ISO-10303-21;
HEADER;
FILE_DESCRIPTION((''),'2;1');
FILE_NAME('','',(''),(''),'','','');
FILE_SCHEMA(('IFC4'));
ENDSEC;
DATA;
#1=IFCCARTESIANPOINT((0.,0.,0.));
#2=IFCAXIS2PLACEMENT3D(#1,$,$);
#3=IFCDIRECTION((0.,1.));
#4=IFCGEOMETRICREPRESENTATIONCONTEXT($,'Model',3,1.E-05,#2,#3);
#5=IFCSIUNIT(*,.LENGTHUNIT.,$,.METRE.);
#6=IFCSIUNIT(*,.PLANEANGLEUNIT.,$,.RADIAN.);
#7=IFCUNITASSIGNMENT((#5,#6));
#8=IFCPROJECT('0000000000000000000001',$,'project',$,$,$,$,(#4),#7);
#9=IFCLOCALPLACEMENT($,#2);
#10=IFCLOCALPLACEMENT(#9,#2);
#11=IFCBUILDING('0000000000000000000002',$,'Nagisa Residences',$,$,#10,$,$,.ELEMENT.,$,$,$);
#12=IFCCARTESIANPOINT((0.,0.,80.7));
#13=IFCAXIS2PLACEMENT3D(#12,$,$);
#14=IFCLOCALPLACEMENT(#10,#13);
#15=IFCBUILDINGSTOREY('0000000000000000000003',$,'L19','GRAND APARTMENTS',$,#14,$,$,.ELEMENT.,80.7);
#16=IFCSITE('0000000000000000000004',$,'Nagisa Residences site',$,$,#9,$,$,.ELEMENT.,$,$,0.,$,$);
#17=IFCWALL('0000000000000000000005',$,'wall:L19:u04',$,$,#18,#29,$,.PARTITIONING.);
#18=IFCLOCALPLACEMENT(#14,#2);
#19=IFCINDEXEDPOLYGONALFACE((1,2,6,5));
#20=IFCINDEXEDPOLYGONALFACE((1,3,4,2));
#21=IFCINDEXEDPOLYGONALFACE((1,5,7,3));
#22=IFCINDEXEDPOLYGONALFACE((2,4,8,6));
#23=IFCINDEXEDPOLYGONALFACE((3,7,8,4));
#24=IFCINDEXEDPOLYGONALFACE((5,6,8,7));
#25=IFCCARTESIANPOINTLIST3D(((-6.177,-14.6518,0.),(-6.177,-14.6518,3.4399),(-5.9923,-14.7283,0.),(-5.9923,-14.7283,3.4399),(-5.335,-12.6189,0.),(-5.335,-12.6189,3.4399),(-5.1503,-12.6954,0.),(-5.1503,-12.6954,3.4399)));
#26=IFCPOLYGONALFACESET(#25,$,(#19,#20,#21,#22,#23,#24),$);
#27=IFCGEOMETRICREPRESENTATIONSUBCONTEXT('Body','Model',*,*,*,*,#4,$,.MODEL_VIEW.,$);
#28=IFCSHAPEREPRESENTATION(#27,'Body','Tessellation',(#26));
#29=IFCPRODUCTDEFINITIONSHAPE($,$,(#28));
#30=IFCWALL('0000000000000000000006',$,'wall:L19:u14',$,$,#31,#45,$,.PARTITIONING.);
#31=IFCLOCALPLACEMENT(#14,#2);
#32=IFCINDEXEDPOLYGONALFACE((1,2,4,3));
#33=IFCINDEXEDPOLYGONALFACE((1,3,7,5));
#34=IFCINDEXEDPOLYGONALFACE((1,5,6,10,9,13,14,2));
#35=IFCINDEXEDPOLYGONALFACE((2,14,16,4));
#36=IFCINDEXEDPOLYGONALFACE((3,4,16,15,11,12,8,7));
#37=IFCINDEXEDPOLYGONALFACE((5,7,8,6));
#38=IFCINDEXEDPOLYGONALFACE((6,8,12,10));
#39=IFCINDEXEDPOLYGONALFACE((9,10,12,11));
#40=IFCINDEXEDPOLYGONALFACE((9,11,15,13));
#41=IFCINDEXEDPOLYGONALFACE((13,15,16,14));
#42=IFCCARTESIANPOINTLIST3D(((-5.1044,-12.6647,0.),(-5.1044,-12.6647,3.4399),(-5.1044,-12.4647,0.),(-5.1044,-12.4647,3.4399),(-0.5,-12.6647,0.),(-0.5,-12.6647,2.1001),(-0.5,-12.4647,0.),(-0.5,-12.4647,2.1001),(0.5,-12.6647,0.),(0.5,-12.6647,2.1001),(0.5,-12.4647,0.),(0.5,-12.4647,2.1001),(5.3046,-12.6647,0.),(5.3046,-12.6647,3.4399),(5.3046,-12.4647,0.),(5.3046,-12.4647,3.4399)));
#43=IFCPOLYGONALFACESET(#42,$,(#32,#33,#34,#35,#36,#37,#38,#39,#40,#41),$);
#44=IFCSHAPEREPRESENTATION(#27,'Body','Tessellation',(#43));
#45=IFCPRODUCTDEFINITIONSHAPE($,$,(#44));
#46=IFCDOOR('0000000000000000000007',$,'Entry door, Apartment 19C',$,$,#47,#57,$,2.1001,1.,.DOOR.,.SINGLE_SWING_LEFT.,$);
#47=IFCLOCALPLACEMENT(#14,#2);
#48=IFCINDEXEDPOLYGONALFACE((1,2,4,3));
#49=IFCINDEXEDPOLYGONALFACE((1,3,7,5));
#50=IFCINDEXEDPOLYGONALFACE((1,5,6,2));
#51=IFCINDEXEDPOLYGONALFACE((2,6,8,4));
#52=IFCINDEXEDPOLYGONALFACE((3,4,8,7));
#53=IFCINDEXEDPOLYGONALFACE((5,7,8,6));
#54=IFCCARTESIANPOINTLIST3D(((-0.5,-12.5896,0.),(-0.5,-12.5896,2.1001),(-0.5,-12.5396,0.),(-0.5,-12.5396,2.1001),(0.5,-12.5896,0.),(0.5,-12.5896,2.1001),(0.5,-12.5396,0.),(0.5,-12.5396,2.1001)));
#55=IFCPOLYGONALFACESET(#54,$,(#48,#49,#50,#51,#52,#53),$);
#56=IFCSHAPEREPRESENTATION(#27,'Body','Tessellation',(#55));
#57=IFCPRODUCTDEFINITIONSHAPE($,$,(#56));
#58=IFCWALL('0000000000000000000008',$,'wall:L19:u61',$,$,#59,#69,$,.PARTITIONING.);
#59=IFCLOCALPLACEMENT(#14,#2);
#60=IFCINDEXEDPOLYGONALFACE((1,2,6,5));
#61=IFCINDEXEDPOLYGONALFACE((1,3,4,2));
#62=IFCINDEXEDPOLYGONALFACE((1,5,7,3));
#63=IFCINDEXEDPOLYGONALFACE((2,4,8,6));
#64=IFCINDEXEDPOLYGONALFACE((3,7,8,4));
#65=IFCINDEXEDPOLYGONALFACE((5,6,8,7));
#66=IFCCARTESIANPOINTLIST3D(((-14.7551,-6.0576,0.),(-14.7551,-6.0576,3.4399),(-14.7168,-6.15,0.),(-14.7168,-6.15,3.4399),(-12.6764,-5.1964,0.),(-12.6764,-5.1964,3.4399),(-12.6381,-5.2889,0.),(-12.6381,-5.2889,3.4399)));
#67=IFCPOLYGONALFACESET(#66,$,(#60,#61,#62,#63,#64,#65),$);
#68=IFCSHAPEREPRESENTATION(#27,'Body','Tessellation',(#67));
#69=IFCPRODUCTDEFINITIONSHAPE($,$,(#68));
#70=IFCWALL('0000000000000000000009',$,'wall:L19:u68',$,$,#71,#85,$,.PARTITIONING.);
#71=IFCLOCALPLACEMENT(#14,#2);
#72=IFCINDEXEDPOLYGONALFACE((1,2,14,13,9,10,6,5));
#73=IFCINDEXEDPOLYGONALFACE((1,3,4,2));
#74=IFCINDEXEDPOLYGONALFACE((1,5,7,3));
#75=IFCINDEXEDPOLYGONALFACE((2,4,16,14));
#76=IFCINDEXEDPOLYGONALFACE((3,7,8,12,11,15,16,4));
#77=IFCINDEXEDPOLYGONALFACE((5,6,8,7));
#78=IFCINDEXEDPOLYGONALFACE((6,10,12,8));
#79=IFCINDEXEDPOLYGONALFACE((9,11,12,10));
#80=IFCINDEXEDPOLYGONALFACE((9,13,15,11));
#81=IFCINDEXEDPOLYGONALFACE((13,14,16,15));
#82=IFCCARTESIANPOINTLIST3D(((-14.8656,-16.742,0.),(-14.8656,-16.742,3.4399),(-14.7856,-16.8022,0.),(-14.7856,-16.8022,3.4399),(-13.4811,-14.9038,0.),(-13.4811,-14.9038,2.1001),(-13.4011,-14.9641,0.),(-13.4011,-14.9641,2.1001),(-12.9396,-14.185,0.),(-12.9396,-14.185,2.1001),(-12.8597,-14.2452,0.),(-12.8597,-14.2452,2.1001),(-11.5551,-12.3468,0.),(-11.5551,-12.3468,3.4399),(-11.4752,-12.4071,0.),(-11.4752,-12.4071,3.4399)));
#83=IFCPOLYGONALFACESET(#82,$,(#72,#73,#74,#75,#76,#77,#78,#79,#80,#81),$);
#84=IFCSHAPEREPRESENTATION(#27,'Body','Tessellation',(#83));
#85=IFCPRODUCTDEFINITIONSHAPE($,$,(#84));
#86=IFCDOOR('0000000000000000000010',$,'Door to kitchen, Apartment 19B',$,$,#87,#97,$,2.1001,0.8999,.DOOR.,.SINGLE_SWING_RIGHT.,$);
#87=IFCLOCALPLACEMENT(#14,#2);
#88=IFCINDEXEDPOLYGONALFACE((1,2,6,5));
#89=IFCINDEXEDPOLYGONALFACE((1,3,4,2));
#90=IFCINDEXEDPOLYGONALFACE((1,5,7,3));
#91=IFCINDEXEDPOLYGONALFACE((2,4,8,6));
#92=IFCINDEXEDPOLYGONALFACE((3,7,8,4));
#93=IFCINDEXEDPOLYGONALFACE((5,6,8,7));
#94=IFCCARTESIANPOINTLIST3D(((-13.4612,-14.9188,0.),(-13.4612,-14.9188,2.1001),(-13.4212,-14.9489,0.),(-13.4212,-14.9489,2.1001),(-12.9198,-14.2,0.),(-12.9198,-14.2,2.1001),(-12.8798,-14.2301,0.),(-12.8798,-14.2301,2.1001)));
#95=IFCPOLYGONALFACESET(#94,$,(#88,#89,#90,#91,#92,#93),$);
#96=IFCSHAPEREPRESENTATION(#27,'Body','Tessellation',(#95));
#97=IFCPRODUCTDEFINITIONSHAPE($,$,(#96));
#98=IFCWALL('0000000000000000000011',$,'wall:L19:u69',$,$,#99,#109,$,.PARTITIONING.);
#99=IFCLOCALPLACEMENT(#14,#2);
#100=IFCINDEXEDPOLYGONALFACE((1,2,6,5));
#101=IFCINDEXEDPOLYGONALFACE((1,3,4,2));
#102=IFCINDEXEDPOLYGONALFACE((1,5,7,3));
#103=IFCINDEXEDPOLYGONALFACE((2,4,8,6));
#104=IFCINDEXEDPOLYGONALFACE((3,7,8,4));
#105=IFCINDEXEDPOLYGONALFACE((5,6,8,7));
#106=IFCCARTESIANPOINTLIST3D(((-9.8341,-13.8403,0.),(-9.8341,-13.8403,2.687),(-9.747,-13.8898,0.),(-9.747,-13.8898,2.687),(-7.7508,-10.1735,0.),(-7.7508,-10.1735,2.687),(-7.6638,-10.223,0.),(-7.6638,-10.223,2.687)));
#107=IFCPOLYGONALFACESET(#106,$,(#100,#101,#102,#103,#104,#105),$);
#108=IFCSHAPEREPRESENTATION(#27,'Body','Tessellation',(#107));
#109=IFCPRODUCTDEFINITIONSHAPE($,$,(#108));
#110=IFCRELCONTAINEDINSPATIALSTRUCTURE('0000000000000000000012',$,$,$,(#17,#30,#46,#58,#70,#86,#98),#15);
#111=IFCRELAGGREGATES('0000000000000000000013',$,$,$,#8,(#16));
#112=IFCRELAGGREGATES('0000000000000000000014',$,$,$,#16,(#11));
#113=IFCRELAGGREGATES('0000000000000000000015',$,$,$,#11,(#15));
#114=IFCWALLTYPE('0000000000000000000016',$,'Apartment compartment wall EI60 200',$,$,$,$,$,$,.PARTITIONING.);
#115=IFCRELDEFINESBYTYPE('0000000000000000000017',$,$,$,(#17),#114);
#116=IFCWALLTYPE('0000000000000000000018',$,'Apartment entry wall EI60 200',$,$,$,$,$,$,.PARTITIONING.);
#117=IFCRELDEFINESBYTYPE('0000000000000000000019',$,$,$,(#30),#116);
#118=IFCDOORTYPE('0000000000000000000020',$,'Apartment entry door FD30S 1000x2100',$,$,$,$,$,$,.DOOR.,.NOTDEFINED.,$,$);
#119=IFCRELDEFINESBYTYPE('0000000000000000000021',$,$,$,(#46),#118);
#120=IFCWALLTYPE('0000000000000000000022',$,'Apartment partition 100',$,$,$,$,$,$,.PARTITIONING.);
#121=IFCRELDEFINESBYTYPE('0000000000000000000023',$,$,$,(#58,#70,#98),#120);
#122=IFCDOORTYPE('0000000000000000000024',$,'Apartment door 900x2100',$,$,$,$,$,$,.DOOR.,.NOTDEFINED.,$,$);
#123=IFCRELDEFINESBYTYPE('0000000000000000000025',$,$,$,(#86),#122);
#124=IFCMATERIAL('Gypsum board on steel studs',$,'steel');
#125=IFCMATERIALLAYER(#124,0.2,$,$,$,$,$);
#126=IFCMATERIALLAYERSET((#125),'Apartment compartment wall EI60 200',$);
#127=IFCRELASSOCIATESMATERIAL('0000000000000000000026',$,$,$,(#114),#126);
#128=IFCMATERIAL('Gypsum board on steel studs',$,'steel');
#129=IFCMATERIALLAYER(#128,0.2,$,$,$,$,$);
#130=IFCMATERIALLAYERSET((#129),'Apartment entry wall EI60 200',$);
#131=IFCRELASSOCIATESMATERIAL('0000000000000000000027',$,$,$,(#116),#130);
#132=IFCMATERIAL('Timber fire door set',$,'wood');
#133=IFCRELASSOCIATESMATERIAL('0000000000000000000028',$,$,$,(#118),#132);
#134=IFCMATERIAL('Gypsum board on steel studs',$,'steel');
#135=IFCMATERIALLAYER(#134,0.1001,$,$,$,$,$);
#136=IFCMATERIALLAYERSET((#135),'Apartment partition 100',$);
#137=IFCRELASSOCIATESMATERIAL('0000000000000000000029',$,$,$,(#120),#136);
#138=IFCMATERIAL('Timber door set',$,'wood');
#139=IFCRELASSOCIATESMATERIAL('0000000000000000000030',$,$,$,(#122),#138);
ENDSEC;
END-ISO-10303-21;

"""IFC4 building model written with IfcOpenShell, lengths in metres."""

from ifc_helpers import new_model, si_unit, direction, frame, frame_2d, origin, place, context, subcontext, project, spatial, rectangle, extrude, material, layer, layer_set, type_object, element, fill, save


model = new_model("IFC4")

# Units and contexts
model_context = context("Model", 3, precision=1e-05, world=origin(), true_north=direction((0.0, 1.0)))
body_context = subcontext(model_context, "Body", "Model", "MODEL_VIEW")
ifc_project = project(units=[si_unit("LENGTHUNIT", "METRE"), si_unit("PLANEANGLEUNIT", "RADIAN")], contexts=[model_context])

# Site, building, storey
site_placement = place(None, origin())
site = spatial("IfcSite", under=ifc_project, at=site_placement, Name="Nagisa Residences site", CompositionType="ELEMENT", RefElevation=0.0)
building_placement = place(site_placement, origin())
building = spatial("IfcBuilding", under=site, at=building_placement, Name="Nagisa Residences", CompositionType="ELEMENT")
storey_placement = place(building_placement, frame((0.0, 0.0, 80.7)))
storey = spatial("IfcBuildingStorey", under=building, at=storey_placement, Name="L19", Description="GRAND APARTMENTS", CompositionType="ELEMENT", Elevation=80.7)

# Wall
ifc_material_1 = material(Name="Gypsum board on steel studs", Category="steel")
ifc_layer_1 = layer(ifc_material_1, 0.2)
ifc_layer_set_1 = layer_set([ifc_layer_1], Name="Apartment compartment wall EI60 200")
wall_type_1 = type_object("IfcWallType", Name="Apartment compartment wall EI60 200", PredefinedType="PARTITIONING", material=ifc_layer_set_1)
wall_1_placement = place(storey_placement, frame((-5.2427, -12.6572, 0.0), z_axis=(0.0, 0.0, 1.0), x_axis=(-0.382669, -0.923886, 0.0)))
element("IfcWall", 1, at=wall_1_placement, inside=storey, type_object=wall_type_1, Name="wall:L19:u04", PredefinedType="PARTITIONING", context=body_context, shape_type="SweptSolid", body=[
    extrude(rectangle(XDim=2.2004, YDim=0.2, at=frame_2d((1.1001, 0.0))), origin(), (0.0, 0.0, 1.0), 3.4399),
])

# Wall, opening, door
ifc_material_2 = material(Name="Gypsum board on steel studs", Category="steel")
ifc_layer_2 = layer(ifc_material_2, 0.2)
ifc_layer_set_2 = layer_set([ifc_layer_2], Name="Apartment entry wall EI60 200")
wall_type_2 = type_object("IfcWallType", Name="Apartment entry wall EI60 200", PredefinedType="PARTITIONING", material=ifc_layer_set_2)
wall_2_placement = place(storey_placement, frame((-5.1045, -12.5647, 0.0), z_axis=(0.0, 0.0, 1.0), x_axis=(1.0, 0.0, 0.0)))
wall_2 = element("IfcWall", 2, at=wall_2_placement, inside=storey, type_object=wall_type_2, Name="wall:L19:u14", PredefinedType="PARTITIONING", context=body_context, shape_type="SweptSolid", body=[
    extrude(rectangle(XDim=10.4089, YDim=0.2, at=frame_2d((5.2046, 0.0))), origin(), (0.0, 0.0, 1.0), 3.4399),
])
opening_1_placement = place(wall_2_placement, frame((4.6045, 0.0, 0.0)))
opening_1 = element("IfcOpeningElement", 3, at=opening_1_placement, cuts=wall_2, PredefinedType="OPENING", context=body_context, shape_type="SweptSolid", body=[
    extrude(rectangle(XDim=1.0, YDim=2.1001, at=frame_2d((0.5, 1.05))), frame((0.0, 0.1099, 0.0), z_axis=(0.0, -1.0, 0.0), x_axis=(1.0, 0.0, 0.0)), (0.0, 0.0, 1.0), 0.22),
])
ifc_material_3 = material(Name="Timber fire door set", Category="wood")
door_type_1 = type_object("IfcDoorType", Name="Apartment entry door FD30S 1000x2100", OperationType="NOTDEFINED", PredefinedType="DOOR", material=ifc_material_3)
door_1_placement = place(opening_1_placement, frame((1.0, 0.0, 0.0), x_axis=(-1.0, 0.0, 0.0)))
door_1 = element("IfcDoor", 4, at=door_1_placement, inside=storey, type_object=door_type_1, Name="Entry door, Apartment 19C", OperationType="SINGLE_SWING_LEFT", OverallHeight=2.1001, OverallWidth=1.0, PredefinedType="DOOR", context=body_context, shape_type="SweptSolid", body=[
    extrude(rectangle(XDim=1.0, YDim=2.1001, at=frame_2d((0.5, 1.05))), frame((0.0, 0.0249, 0.0), z_axis=(0.0, -1.0, 0.0), x_axis=(1.0, 0.0, 0.0)), (0.0, 0.0, 1.0), 0.05),
])
fill(opening_1, door_1)

# Wall
ifc_material_4 = material(Name="Gypsum board on steel studs", Category="steel")
ifc_layer_3 = layer(ifc_material_4, 0.1001)
ifc_layer_set_3 = layer_set([ifc_layer_3], Name="Apartment partition 100")
wall_type_3 = type_object("IfcWallType", Name="Apartment partition 100", PredefinedType="PARTITIONING", material=ifc_layer_set_3)
wall_3_placement = place(storey_placement, frame((-12.6572, -5.2427, 0.0), z_axis=(0.0, 0.0, 1.0), x_axis=(-0.923865, -0.382719, 0.0)))
element("IfcWall", 5, at=wall_3_placement, inside=storey, type_object=wall_type_3, Name="wall:L19:u61", PredefinedType="PARTITIONING", context=body_context, shape_type="SweptSolid", body=[
    extrude(rectangle(XDim=2.25, YDim=0.1001, at=frame_2d((1.125, 0.0))), origin(), (0.0, 0.0, 1.0), 3.4399),
])

# Wall, opening, door
wall_4_placement = place(storey_placement, frame((-11.5151, -12.377, 0.0), z_axis=(0.0, 0.0, 1.0), x_axis=(-0.601639, -0.798768, 0.0)))
wall_4 = element("IfcWall", 6, at=wall_4_placement, inside=storey, type_object=wall_type_3, Name="wall:L19:u68", PredefinedType="PARTITIONING", context=body_context, shape_type="SweptSolid", body=[
    extrude(rectangle(XDim=5.5024, YDim=0.1001, at=frame_2d((2.7512, 0.0))), origin(), (0.0, 0.0, 1.0), 3.4399),
])
opening_2_placement = place(wall_4_placement, frame((2.3013, 0.0, 0.0)))
opening_2 = element("IfcOpeningElement", 7, at=opening_2_placement, cuts=wall_4, PredefinedType="OPENING", context=body_context, shape_type="SweptSolid", body=[
    extrude(rectangle(XDim=0.8999, YDim=2.1001, at=frame_2d((0.45, 1.05))), frame((0.0, 0.0601, 0.0), z_axis=(0.0, -1.0, 0.0), x_axis=(1.0, 0.0, 0.0)), (0.0, 0.0, 1.0), 0.1201),
])
ifc_material_5 = material(Name="Timber door set", Category="wood")
door_type_2 = type_object("IfcDoorType", Name="Apartment door 900x2100", OperationType="NOTDEFINED", PredefinedType="DOOR", material=ifc_material_5)
door_2_placement = place(opening_2_placement, origin())
door_2 = element("IfcDoor", 8, at=door_2_placement, inside=storey, type_object=door_type_2, Name="Door to kitchen, Apartment 19B", OperationType="SINGLE_SWING_RIGHT", OverallHeight=2.1001, OverallWidth=0.8999, PredefinedType="DOOR", context=body_context, shape_type="SweptSolid", body=[
    extrude(rectangle(XDim=0.8999, YDim=2.1001, at=frame_2d((0.45, 1.05))), frame((0.0, 0.0249, 0.0), z_axis=(0.0, -1.0, 0.0), x_axis=(1.0, 0.0, 0.0)), (0.0, 0.0, 1.0), 0.05),
])
fill(opening_2, door_2)

# Wall
wall_5_placement = place(storey_placement, frame((-7.7073, -10.1982, 0.0), z_axis=(0.0, 0.0, 1.0), x_axis=(-0.493987, -0.86947, 0.0)))
element("IfcWall", 9, at=wall_5_placement, inside=storey, type_object=wall_type_3, Name="wall:L19:u69", PredefinedType="PARTITIONING", context=body_context, shape_type="SweptSolid", body=[
    extrude(rectangle(XDim=4.2173, YDim=0.1001, at=frame_2d((2.1086, 0.0))), origin(), (0.0, 0.0, 1.0), 2.687),
])

save(model, "model.ifc")
